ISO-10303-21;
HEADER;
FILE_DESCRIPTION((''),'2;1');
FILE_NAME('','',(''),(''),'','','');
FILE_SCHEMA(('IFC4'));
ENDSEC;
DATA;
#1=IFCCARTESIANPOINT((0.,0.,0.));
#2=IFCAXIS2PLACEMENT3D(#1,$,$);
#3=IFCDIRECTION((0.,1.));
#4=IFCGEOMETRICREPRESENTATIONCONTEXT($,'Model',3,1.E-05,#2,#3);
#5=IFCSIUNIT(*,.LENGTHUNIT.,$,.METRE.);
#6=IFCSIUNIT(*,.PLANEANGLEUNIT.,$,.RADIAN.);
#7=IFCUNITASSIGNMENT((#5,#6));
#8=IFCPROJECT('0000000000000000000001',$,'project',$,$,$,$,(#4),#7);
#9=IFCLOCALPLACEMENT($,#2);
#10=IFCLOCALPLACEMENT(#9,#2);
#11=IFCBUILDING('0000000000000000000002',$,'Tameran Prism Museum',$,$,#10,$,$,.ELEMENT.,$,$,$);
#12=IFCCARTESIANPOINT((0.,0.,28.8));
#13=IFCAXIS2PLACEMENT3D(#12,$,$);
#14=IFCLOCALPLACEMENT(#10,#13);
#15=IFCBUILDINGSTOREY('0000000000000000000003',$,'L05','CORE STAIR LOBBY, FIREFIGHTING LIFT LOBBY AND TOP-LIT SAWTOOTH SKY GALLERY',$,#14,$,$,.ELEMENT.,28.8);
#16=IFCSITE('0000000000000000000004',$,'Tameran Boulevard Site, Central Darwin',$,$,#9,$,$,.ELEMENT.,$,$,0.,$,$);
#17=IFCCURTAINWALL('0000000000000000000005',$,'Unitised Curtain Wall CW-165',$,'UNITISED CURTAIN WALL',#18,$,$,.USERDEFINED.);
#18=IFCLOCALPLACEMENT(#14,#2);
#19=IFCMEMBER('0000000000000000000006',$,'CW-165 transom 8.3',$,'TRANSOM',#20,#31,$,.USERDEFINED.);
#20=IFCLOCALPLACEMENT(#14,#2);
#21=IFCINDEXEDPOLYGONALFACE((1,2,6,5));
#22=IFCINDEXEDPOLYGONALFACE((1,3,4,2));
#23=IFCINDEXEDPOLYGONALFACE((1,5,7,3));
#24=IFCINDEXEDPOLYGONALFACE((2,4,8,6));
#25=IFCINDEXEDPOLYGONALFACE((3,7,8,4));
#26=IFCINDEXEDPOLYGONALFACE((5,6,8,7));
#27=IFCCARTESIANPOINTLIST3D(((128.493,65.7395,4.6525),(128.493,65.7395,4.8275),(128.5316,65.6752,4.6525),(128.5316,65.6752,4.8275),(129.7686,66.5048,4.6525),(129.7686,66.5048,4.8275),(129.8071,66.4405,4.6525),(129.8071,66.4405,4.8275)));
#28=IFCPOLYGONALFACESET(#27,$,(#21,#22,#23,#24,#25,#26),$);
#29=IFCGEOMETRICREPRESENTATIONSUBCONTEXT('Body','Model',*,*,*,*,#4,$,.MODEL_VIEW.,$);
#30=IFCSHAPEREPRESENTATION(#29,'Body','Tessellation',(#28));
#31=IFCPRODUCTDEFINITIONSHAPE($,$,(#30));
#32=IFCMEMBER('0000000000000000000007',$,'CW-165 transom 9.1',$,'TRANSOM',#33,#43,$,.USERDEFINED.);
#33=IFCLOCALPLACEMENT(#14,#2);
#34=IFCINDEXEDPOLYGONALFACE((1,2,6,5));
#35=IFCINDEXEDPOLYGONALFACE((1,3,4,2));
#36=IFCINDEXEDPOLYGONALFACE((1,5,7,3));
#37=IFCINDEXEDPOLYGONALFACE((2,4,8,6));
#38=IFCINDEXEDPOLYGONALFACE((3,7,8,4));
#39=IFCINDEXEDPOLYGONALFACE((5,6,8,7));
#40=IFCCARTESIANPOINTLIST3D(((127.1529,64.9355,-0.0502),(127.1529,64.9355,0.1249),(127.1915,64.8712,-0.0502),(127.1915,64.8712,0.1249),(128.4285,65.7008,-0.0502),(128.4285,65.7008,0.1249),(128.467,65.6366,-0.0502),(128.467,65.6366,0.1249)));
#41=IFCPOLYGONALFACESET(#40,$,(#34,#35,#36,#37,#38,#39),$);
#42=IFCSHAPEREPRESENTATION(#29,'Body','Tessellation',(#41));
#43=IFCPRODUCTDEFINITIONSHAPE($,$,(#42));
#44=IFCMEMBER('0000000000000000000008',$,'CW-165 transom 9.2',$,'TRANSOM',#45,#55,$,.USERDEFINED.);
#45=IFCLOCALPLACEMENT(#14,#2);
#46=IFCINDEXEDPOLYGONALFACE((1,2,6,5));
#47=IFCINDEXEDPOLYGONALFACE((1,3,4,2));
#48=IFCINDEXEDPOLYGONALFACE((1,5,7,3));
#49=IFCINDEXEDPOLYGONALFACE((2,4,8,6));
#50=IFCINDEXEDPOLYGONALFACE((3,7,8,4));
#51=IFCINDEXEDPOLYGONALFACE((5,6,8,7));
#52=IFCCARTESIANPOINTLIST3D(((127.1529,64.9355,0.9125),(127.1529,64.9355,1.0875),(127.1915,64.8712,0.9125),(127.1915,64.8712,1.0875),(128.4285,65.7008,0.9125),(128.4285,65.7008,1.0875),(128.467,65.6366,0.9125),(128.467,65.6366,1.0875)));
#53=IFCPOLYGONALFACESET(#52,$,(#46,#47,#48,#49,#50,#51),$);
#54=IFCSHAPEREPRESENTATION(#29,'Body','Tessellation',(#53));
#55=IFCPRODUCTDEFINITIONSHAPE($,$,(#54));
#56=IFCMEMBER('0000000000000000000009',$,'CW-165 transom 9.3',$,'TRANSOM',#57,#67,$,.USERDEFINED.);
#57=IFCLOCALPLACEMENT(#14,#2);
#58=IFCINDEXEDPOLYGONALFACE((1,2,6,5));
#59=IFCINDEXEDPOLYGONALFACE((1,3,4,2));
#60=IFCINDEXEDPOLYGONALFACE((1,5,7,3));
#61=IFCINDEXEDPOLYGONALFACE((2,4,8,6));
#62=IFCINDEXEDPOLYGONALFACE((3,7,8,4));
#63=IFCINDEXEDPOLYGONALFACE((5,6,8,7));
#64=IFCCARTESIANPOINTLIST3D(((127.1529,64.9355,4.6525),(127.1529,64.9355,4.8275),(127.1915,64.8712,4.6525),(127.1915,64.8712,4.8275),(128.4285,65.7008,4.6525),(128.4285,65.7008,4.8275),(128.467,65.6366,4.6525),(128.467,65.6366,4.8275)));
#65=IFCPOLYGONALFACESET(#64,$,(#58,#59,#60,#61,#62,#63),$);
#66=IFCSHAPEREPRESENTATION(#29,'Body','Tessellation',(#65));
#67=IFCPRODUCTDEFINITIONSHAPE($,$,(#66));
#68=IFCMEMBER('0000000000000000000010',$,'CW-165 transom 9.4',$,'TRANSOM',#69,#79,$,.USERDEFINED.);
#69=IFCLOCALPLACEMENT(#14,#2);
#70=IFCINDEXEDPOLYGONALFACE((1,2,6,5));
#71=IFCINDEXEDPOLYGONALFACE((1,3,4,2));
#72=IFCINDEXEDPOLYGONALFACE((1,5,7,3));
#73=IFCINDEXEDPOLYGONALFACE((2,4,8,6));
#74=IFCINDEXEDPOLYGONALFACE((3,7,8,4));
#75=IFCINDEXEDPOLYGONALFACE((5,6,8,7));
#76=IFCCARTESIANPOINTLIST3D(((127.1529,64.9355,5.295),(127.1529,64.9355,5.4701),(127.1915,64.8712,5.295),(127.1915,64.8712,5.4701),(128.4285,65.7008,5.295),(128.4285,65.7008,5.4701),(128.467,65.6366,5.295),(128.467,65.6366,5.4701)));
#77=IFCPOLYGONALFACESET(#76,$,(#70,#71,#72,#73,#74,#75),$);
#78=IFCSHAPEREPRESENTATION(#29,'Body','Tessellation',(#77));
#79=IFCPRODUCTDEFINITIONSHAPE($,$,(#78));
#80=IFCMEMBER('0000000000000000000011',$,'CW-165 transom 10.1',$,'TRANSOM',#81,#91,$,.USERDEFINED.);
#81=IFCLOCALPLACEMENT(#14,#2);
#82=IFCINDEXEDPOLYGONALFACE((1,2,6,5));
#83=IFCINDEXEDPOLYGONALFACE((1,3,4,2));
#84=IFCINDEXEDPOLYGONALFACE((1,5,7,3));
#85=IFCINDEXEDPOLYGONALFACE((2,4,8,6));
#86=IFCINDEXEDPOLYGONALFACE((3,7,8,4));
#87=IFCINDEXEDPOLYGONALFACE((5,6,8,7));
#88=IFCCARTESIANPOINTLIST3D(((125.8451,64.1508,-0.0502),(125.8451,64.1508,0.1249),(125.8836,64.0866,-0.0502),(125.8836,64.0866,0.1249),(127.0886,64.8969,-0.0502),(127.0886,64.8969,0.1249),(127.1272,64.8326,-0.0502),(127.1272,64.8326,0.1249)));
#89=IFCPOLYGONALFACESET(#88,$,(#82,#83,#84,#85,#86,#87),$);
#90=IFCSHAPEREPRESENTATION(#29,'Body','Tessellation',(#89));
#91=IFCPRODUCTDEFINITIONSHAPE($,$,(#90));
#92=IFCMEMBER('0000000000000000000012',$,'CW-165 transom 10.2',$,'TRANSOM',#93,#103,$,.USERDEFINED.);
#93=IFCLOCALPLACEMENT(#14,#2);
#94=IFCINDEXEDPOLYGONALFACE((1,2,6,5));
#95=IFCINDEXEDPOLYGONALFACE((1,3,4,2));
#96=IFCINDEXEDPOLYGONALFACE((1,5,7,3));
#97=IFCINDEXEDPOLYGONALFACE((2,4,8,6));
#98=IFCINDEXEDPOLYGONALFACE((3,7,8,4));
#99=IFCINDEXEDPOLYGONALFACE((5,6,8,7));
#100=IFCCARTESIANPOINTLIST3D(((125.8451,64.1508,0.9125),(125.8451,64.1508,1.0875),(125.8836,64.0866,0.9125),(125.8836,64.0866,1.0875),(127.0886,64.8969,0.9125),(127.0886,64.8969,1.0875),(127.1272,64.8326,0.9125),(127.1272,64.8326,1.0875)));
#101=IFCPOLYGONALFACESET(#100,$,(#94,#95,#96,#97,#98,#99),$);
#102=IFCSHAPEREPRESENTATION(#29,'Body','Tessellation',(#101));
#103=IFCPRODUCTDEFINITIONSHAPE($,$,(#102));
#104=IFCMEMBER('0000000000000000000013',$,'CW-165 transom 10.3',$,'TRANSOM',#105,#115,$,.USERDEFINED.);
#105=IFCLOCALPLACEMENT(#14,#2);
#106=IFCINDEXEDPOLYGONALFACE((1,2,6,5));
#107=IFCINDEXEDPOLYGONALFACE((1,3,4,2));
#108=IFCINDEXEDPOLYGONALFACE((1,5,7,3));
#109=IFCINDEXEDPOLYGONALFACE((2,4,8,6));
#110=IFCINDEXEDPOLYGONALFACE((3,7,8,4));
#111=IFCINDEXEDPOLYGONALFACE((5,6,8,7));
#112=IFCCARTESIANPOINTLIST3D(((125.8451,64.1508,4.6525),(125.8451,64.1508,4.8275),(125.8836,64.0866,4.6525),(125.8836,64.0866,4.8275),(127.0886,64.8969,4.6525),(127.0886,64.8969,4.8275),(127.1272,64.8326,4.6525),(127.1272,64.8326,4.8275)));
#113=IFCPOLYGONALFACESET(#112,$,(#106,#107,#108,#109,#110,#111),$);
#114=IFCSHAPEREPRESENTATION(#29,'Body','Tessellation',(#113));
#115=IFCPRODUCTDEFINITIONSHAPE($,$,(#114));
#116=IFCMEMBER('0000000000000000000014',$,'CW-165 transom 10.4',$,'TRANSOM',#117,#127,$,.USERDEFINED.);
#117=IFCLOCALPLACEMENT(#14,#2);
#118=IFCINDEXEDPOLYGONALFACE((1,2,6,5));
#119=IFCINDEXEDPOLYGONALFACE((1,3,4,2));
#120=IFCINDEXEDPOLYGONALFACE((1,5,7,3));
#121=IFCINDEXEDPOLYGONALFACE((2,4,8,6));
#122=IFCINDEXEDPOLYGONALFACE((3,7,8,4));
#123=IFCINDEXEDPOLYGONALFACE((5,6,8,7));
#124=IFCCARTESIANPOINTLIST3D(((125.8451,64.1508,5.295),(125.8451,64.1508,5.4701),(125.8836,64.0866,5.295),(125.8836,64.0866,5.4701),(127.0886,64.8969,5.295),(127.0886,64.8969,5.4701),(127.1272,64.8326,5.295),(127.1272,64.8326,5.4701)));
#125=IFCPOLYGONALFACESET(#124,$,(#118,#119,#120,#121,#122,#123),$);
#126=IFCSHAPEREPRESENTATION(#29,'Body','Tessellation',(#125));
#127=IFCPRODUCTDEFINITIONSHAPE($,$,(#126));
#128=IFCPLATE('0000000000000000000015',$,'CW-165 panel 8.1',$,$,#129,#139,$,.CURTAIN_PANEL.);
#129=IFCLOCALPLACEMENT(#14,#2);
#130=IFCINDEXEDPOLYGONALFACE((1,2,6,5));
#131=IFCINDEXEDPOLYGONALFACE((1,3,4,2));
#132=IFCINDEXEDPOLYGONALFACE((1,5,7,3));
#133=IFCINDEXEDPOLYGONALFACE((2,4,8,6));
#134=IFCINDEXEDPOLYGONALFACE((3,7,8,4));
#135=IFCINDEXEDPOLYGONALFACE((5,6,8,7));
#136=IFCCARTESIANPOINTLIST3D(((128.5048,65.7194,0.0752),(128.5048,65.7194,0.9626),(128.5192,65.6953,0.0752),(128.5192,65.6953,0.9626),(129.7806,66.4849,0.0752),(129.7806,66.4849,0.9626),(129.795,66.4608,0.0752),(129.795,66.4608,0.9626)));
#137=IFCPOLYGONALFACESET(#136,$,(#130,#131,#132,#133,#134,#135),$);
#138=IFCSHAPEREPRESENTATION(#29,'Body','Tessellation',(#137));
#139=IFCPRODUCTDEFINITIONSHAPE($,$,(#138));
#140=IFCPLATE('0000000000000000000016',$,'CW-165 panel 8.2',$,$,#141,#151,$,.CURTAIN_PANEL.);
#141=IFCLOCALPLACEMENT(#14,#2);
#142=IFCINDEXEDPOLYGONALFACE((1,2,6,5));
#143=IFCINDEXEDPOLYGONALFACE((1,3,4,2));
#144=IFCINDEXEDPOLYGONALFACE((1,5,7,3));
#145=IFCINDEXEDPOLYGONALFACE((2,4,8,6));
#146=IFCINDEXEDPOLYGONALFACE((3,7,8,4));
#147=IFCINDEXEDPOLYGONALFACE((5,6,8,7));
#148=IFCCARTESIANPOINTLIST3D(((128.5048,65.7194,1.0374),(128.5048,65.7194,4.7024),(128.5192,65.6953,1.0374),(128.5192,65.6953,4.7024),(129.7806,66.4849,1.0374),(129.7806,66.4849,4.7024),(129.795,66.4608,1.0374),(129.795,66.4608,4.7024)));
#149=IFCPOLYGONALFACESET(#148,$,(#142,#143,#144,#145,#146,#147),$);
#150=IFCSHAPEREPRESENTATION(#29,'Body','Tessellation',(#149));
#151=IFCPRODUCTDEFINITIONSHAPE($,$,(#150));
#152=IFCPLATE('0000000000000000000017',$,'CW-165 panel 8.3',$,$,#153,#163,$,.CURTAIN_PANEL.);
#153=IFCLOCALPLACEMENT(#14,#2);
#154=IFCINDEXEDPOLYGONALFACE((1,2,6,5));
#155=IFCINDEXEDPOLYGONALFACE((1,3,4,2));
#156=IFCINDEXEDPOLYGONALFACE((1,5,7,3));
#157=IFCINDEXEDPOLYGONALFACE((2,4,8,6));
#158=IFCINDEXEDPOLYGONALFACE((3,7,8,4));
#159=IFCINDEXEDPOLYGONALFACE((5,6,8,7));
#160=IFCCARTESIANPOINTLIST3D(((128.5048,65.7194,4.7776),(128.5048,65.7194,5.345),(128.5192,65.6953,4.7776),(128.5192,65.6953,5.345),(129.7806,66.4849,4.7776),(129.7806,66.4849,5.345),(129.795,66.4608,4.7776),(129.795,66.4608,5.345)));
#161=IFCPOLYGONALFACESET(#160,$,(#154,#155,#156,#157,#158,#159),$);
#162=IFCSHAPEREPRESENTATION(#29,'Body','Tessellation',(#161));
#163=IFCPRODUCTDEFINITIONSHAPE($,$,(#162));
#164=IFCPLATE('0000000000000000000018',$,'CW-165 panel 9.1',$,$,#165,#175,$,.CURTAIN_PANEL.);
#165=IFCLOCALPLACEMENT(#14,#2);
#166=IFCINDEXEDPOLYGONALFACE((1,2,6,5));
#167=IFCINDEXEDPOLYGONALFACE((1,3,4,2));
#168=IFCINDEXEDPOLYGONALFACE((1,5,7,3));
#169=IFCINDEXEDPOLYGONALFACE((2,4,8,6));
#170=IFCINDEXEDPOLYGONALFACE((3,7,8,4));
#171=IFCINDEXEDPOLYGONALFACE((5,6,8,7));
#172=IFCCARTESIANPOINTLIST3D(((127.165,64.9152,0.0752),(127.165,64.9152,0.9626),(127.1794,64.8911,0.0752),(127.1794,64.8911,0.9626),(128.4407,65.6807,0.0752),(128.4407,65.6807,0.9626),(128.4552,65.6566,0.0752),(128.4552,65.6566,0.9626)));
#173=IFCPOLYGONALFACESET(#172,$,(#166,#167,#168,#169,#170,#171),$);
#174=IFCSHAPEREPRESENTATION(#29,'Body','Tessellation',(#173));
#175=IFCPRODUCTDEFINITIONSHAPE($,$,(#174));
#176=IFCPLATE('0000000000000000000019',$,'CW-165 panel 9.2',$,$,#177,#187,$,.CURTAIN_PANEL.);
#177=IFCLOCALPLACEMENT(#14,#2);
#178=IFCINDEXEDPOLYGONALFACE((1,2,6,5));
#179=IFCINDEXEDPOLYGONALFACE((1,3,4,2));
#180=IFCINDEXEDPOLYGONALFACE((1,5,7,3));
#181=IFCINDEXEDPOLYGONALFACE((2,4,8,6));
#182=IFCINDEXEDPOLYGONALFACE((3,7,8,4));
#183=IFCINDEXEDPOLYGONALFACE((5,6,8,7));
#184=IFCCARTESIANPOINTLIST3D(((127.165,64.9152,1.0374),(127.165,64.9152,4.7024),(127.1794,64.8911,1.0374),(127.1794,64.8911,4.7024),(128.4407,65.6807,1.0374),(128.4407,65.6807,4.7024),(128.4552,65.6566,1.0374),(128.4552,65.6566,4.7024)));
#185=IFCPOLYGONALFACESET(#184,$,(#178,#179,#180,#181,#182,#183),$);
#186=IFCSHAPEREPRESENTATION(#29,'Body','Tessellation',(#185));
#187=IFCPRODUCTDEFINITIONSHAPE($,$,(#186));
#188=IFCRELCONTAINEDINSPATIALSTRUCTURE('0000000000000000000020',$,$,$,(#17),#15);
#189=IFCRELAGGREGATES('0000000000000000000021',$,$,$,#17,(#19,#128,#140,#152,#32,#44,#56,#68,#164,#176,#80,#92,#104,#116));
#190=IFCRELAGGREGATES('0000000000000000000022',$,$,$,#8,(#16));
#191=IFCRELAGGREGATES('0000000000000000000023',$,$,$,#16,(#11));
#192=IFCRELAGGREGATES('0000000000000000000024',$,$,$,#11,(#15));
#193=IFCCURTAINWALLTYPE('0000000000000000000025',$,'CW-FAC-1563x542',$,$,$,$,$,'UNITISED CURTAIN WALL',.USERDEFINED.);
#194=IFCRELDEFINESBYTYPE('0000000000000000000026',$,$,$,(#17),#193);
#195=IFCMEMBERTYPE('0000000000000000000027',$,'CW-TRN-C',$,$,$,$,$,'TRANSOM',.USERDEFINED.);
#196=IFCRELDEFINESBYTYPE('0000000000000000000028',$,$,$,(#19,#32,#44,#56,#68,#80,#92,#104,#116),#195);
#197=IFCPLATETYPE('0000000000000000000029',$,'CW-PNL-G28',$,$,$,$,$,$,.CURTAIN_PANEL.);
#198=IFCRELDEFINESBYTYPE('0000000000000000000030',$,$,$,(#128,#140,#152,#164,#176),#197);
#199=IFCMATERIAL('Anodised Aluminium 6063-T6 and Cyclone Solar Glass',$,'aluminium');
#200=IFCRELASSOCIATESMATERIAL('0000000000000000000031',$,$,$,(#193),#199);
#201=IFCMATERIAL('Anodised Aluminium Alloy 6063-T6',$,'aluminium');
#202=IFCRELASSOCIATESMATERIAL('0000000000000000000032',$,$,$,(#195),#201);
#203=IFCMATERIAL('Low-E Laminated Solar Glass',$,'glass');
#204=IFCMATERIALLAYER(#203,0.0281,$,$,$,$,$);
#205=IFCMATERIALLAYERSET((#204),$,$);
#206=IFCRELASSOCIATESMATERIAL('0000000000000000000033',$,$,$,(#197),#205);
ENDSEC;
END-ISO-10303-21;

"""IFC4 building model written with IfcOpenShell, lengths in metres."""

from ifc_helpers import new_model, si_unit, direction, frame, origin, origin_2d, place, context, subcontext, project, spatial, rectangle, extrude, material, layer, layer_set, material_profile, profile_set, type_object, element, aggregate, save


model = new_model("IFC4")

# Units and contexts
model_context = context("Model", 3, precision=1e-05, world=origin(), true_north=direction((0.0, 1.0)))
body_context = subcontext(model_context, "Body", "Model", "MODEL_VIEW")
ifc_project = project(units=[si_unit("LENGTHUNIT", "METRE"), si_unit("PLANEANGLEUNIT", "RADIAN")], contexts=[model_context])

# Site, building, storey
site_placement = place(None, origin())
site = spatial("IfcSite", under=ifc_project, at=site_placement, Name="Tameran Boulevard Site, Central Darwin", CompositionType="ELEMENT", RefElevation=0.0)
building_placement = place(site_placement, origin())
building = spatial("IfcBuilding", under=site, at=building_placement, Name="Tameran Prism Museum", CompositionType="ELEMENT")
storey_placement = place(building_placement, frame((0.0, 0.0, 28.8)))
storey = spatial("IfcBuildingStorey", under=building, at=storey_placement, Name="L05", Description="CORE STAIR LOBBY, FIREFIGHTING LIFT LOBBY AND TOP-LIT SAWTOOTH SKY GALLERY", CompositionType="ELEMENT", Elevation=28.8)

# Curtain wall, members, plates
ifc_material_1 = material(Name="Anodised Aluminium 6063-T6 and Cyclone Solar Glass", Category="aluminium")
curtain_wall_type = type_object("IfcCurtainWallType", Name="CW-FAC-1563x542", ElementType="UNITISED CURTAIN WALL", PredefinedType="USERDEFINED", material=ifc_material_1)
curtain_wall_placement = place(storey_placement, origin())
curtain_wall = element("IfcCurtainWall", 1, at=curtain_wall_placement, inside=storey, type_object=curtain_wall_type, Name="Unitised Curtain Wall CW-165", ObjectType="UNITISED CURTAIN WALL", PredefinedType="USERDEFINED")
ifc_material_2 = material(Name="Anodised Aluminium Alloy 6063-T6", Category="aluminium")
ifc_material_profile_1 = material_profile(ifc_material_2, rectangle(XDim=0.075, YDim=0.175, at=origin_2d()))
ifc_profile_set_1 = profile_set([ifc_material_profile_1])
member_type_1 = type_object("IfcMemberType", Name="CW-TRN-C", ElementType="TRANSOM", PredefinedType="USERDEFINED", material=ifc_profile_set_1)
member_1_placement = place(storey_placement, frame((129.7878, 66.4727, 4.74), z_axis=(-0.857493, -0.514496, 0.0), x_axis=(0.514496, -0.857493, 0.0)))
member_1 = element("IfcMember", 2, at=member_1_placement, type_object=member_type_1, Name="CW-165 transom 8.3", ObjectType="TRANSOM", PredefinedType="USERDEFINED", context=body_context, shape_type="SweptSolid", body=[
    extrude(rectangle(XDim=0.075, YDim=0.175, at=origin_2d()), origin(), (0.0, 0.0, 1.0), 1.4875),
])
member_2_placement = place(storey_placement, frame((128.4478, 65.6687, 0.0374), z_axis=(-0.857493, -0.514496, 0.0), x_axis=(0.514496, -0.857493, 0.0)))
member_2 = element("IfcMember", 3, at=member_2_placement, type_object=member_type_1, Name="CW-165 transom 9.1", ObjectType="TRANSOM", PredefinedType="USERDEFINED", context=body_context, shape_type="SweptSolid", body=[
    extrude(rectangle(XDim=0.075, YDim=0.175, at=origin_2d()), origin(), (0.0, 0.0, 1.0), 1.4875),
])
member_3_placement = place(storey_placement, frame((128.4478, 65.6687, 1.0), z_axis=(-0.857493, -0.514496, 0.0), x_axis=(0.514496, -0.857493, 0.0)))
member_3 = element("IfcMember", 4, at=member_3_placement, type_object=member_type_1, Name="CW-165 transom 9.2", ObjectType="TRANSOM", PredefinedType="USERDEFINED", context=body_context, shape_type="SweptSolid", body=[
    extrude(rectangle(XDim=0.075, YDim=0.175, at=origin_2d()), origin(), (0.0, 0.0, 1.0), 1.4875),
])
member_4_placement = place(storey_placement, frame((128.4478, 65.6687, 4.74), z_axis=(-0.857493, -0.514496, 0.0), x_axis=(0.514496, -0.857493, 0.0)))
member_4 = element("IfcMember", 5, at=member_4_placement, type_object=member_type_1, Name="CW-165 transom 9.3", ObjectType="TRANSOM", PredefinedType="USERDEFINED", context=body_context, shape_type="SweptSolid", body=[
    extrude(rectangle(XDim=0.075, YDim=0.175, at=origin_2d()), origin(), (0.0, 0.0, 1.0), 1.4875),
])
member_5_placement = place(storey_placement, frame((128.4478, 65.6687, 5.3826), z_axis=(-0.857493, -0.514496, 0.0), x_axis=(0.514496, -0.857493, 0.0)))
member_5 = element("IfcMember", 6, at=member_5_placement, type_object=member_type_1, Name="CW-165 transom 9.4", ObjectType="TRANSOM", PredefinedType="USERDEFINED", context=body_context, shape_type="SweptSolid", body=[
    extrude(rectangle(XDim=0.075, YDim=0.175, at=origin_2d()), origin(), (0.0, 0.0, 1.0), 1.4875),
])
member_6_placement = place(storey_placement, frame((127.1079, 64.8647, 0.0374), z_axis=(-0.857523, -0.514446, 0.0), x_axis=(0.514446, -0.857523, 0.0)))
member_6 = element("IfcMember", 7, at=member_6_placement, type_object=member_type_1, Name="CW-165 transom 10.1", ObjectType="TRANSOM", PredefinedType="USERDEFINED", context=body_context, shape_type="SweptSolid", body=[
    extrude(rectangle(XDim=0.075, YDim=0.175, at=origin_2d()), origin(), (0.0, 0.0, 1.0), 1.4502),
])
member_7_placement = place(storey_placement, frame((127.1079, 64.8647, 1.0), z_axis=(-0.857523, -0.514446, 0.0), x_axis=(0.514446, -0.857523, 0.0)))
member_7 = element("IfcMember", 8, at=member_7_placement, type_object=member_type_1, Name="CW-165 transom 10.2", ObjectType="TRANSOM", PredefinedType="USERDEFINED", context=body_context, shape_type="SweptSolid", body=[
    extrude(rectangle(XDim=0.075, YDim=0.175, at=origin_2d()), origin(), (0.0, 0.0, 1.0), 1.4502),
])
member_8_placement = place(storey_placement, frame((127.1079, 64.8647, 4.74), z_axis=(-0.857523, -0.514446, 0.0), x_axis=(0.514446, -0.857523, 0.0)))
member_8 = element("IfcMember", 9, at=member_8_placement, type_object=member_type_1, Name="CW-165 transom 10.3", ObjectType="TRANSOM", PredefinedType="USERDEFINED", context=body_context, shape_type="SweptSolid", body=[
    extrude(rectangle(XDim=0.075, YDim=0.175, at=origin_2d()), origin(), (0.0, 0.0, 1.0), 1.4502),
])
member_9_placement = place(storey_placement, frame((127.1079, 64.8647, 5.3826), z_axis=(-0.857523, -0.514446, 0.0), x_axis=(0.514446, -0.857523, 0.0)))
member_9 = element("IfcMember", 10, at=member_9_placement, type_object=member_type_1, Name="CW-165 transom 10.4", ObjectType="TRANSOM", PredefinedType="USERDEFINED", context=body_context, shape_type="SweptSolid", body=[
    extrude(rectangle(XDim=0.075, YDim=0.175, at=origin_2d()), origin(), (0.0, 0.0, 1.0), 1.4502),
])
ifc_material_3 = material(Name="Low-E Laminated Solar Glass", Category="glass")
ifc_layer_1 = layer(ifc_material_3, 0.0281)
ifc_layer_set_1 = layer_set([ifc_layer_1])
plate_type = type_object("IfcPlateType", Name="CW-PNL-G28", PredefinedType="CURTAIN_PANEL", material=ifc_layer_set_1)
plate_1_placement = place(storey_placement, frame((129.1499, 66.0901, 0.0752), z_axis=(0.0, 0.0, 1.0), x_axis=(-0.857493, -0.514496, 0.0)))
plate_1 = element("IfcPlate", 11, at=plate_1_placement, type_object=plate_type, Name="CW-165 panel 8.1", PredefinedType="CURTAIN_PANEL", context=body_context, shape_type="SweptSolid", body=[
    extrude(rectangle(XDim=1.4878, YDim=0.0281, at=origin_2d()), origin(), (0.0, 0.0, 1.0), 0.8875),
])
plate_2_placement = place(storey_placement, frame((129.1499, 66.0901, 1.0374), z_axis=(0.0, 0.0, 1.0), x_axis=(-0.857493, -0.514496, 0.0)))
plate_2 = element("IfcPlate", 12, at=plate_2_placement, type_object=plate_type, Name="CW-165 panel 8.2", PredefinedType="CURTAIN_PANEL", context=body_context, shape_type="SweptSolid", body=[
    extrude(rectangle(XDim=1.4878, YDim=0.0281, at=origin_2d()), origin(), (0.0, 0.0, 1.0), 3.665),
])
plate_3_placement = place(storey_placement, frame((129.1499, 66.0901, 4.7776), z_axis=(0.0, 0.0, 1.0), x_axis=(-0.857493, -0.514496, 0.0)))
plate_3 = element("IfcPlate", 13, at=plate_3_placement, type_object=plate_type, Name="CW-165 panel 8.3", PredefinedType="CURTAIN_PANEL", context=body_context, shape_type="SweptSolid", body=[
    extrude(rectangle(XDim=1.4878, YDim=0.0281, at=origin_2d()), origin(), (0.0, 0.0, 1.0), 0.5674),
])
plate_4_placement = place(storey_placement, frame((127.8101, 65.2859, 0.0752), z_axis=(0.0, 0.0, 1.0), x_axis=(-0.857493, -0.514496, 0.0)))
plate_4 = element("IfcPlate", 14, at=plate_4_placement, type_object=plate_type, Name="CW-165 panel 9.1", PredefinedType="CURTAIN_PANEL", context=body_context, shape_type="SweptSolid", body=[
    extrude(rectangle(XDim=1.4878, YDim=0.0281, at=origin_2d()), origin(), (0.0, 0.0, 1.0), 0.8875),
])
plate_5_placement = place(storey_placement, frame((127.8101, 65.2859, 1.0374), z_axis=(0.0, 0.0, 1.0), x_axis=(-0.857493, -0.514496, 0.0)))
plate_5 = element("IfcPlate", 15, at=plate_5_placement, type_object=plate_type, Name="CW-165 panel 9.2", PredefinedType="CURTAIN_PANEL", context=body_context, shape_type="SweptSolid", body=[
    extrude(rectangle(XDim=1.4878, YDim=0.0281, at=origin_2d()), origin(), (0.0, 0.0, 1.0), 3.665),
])
aggregate(curtain_wall, [member_1, plate_1, plate_2, plate_3, member_2, member_3, member_4, member_5, plate_4, plate_5, member_6, member_7, member_8, member_9])

save(model, "model.ifc")
